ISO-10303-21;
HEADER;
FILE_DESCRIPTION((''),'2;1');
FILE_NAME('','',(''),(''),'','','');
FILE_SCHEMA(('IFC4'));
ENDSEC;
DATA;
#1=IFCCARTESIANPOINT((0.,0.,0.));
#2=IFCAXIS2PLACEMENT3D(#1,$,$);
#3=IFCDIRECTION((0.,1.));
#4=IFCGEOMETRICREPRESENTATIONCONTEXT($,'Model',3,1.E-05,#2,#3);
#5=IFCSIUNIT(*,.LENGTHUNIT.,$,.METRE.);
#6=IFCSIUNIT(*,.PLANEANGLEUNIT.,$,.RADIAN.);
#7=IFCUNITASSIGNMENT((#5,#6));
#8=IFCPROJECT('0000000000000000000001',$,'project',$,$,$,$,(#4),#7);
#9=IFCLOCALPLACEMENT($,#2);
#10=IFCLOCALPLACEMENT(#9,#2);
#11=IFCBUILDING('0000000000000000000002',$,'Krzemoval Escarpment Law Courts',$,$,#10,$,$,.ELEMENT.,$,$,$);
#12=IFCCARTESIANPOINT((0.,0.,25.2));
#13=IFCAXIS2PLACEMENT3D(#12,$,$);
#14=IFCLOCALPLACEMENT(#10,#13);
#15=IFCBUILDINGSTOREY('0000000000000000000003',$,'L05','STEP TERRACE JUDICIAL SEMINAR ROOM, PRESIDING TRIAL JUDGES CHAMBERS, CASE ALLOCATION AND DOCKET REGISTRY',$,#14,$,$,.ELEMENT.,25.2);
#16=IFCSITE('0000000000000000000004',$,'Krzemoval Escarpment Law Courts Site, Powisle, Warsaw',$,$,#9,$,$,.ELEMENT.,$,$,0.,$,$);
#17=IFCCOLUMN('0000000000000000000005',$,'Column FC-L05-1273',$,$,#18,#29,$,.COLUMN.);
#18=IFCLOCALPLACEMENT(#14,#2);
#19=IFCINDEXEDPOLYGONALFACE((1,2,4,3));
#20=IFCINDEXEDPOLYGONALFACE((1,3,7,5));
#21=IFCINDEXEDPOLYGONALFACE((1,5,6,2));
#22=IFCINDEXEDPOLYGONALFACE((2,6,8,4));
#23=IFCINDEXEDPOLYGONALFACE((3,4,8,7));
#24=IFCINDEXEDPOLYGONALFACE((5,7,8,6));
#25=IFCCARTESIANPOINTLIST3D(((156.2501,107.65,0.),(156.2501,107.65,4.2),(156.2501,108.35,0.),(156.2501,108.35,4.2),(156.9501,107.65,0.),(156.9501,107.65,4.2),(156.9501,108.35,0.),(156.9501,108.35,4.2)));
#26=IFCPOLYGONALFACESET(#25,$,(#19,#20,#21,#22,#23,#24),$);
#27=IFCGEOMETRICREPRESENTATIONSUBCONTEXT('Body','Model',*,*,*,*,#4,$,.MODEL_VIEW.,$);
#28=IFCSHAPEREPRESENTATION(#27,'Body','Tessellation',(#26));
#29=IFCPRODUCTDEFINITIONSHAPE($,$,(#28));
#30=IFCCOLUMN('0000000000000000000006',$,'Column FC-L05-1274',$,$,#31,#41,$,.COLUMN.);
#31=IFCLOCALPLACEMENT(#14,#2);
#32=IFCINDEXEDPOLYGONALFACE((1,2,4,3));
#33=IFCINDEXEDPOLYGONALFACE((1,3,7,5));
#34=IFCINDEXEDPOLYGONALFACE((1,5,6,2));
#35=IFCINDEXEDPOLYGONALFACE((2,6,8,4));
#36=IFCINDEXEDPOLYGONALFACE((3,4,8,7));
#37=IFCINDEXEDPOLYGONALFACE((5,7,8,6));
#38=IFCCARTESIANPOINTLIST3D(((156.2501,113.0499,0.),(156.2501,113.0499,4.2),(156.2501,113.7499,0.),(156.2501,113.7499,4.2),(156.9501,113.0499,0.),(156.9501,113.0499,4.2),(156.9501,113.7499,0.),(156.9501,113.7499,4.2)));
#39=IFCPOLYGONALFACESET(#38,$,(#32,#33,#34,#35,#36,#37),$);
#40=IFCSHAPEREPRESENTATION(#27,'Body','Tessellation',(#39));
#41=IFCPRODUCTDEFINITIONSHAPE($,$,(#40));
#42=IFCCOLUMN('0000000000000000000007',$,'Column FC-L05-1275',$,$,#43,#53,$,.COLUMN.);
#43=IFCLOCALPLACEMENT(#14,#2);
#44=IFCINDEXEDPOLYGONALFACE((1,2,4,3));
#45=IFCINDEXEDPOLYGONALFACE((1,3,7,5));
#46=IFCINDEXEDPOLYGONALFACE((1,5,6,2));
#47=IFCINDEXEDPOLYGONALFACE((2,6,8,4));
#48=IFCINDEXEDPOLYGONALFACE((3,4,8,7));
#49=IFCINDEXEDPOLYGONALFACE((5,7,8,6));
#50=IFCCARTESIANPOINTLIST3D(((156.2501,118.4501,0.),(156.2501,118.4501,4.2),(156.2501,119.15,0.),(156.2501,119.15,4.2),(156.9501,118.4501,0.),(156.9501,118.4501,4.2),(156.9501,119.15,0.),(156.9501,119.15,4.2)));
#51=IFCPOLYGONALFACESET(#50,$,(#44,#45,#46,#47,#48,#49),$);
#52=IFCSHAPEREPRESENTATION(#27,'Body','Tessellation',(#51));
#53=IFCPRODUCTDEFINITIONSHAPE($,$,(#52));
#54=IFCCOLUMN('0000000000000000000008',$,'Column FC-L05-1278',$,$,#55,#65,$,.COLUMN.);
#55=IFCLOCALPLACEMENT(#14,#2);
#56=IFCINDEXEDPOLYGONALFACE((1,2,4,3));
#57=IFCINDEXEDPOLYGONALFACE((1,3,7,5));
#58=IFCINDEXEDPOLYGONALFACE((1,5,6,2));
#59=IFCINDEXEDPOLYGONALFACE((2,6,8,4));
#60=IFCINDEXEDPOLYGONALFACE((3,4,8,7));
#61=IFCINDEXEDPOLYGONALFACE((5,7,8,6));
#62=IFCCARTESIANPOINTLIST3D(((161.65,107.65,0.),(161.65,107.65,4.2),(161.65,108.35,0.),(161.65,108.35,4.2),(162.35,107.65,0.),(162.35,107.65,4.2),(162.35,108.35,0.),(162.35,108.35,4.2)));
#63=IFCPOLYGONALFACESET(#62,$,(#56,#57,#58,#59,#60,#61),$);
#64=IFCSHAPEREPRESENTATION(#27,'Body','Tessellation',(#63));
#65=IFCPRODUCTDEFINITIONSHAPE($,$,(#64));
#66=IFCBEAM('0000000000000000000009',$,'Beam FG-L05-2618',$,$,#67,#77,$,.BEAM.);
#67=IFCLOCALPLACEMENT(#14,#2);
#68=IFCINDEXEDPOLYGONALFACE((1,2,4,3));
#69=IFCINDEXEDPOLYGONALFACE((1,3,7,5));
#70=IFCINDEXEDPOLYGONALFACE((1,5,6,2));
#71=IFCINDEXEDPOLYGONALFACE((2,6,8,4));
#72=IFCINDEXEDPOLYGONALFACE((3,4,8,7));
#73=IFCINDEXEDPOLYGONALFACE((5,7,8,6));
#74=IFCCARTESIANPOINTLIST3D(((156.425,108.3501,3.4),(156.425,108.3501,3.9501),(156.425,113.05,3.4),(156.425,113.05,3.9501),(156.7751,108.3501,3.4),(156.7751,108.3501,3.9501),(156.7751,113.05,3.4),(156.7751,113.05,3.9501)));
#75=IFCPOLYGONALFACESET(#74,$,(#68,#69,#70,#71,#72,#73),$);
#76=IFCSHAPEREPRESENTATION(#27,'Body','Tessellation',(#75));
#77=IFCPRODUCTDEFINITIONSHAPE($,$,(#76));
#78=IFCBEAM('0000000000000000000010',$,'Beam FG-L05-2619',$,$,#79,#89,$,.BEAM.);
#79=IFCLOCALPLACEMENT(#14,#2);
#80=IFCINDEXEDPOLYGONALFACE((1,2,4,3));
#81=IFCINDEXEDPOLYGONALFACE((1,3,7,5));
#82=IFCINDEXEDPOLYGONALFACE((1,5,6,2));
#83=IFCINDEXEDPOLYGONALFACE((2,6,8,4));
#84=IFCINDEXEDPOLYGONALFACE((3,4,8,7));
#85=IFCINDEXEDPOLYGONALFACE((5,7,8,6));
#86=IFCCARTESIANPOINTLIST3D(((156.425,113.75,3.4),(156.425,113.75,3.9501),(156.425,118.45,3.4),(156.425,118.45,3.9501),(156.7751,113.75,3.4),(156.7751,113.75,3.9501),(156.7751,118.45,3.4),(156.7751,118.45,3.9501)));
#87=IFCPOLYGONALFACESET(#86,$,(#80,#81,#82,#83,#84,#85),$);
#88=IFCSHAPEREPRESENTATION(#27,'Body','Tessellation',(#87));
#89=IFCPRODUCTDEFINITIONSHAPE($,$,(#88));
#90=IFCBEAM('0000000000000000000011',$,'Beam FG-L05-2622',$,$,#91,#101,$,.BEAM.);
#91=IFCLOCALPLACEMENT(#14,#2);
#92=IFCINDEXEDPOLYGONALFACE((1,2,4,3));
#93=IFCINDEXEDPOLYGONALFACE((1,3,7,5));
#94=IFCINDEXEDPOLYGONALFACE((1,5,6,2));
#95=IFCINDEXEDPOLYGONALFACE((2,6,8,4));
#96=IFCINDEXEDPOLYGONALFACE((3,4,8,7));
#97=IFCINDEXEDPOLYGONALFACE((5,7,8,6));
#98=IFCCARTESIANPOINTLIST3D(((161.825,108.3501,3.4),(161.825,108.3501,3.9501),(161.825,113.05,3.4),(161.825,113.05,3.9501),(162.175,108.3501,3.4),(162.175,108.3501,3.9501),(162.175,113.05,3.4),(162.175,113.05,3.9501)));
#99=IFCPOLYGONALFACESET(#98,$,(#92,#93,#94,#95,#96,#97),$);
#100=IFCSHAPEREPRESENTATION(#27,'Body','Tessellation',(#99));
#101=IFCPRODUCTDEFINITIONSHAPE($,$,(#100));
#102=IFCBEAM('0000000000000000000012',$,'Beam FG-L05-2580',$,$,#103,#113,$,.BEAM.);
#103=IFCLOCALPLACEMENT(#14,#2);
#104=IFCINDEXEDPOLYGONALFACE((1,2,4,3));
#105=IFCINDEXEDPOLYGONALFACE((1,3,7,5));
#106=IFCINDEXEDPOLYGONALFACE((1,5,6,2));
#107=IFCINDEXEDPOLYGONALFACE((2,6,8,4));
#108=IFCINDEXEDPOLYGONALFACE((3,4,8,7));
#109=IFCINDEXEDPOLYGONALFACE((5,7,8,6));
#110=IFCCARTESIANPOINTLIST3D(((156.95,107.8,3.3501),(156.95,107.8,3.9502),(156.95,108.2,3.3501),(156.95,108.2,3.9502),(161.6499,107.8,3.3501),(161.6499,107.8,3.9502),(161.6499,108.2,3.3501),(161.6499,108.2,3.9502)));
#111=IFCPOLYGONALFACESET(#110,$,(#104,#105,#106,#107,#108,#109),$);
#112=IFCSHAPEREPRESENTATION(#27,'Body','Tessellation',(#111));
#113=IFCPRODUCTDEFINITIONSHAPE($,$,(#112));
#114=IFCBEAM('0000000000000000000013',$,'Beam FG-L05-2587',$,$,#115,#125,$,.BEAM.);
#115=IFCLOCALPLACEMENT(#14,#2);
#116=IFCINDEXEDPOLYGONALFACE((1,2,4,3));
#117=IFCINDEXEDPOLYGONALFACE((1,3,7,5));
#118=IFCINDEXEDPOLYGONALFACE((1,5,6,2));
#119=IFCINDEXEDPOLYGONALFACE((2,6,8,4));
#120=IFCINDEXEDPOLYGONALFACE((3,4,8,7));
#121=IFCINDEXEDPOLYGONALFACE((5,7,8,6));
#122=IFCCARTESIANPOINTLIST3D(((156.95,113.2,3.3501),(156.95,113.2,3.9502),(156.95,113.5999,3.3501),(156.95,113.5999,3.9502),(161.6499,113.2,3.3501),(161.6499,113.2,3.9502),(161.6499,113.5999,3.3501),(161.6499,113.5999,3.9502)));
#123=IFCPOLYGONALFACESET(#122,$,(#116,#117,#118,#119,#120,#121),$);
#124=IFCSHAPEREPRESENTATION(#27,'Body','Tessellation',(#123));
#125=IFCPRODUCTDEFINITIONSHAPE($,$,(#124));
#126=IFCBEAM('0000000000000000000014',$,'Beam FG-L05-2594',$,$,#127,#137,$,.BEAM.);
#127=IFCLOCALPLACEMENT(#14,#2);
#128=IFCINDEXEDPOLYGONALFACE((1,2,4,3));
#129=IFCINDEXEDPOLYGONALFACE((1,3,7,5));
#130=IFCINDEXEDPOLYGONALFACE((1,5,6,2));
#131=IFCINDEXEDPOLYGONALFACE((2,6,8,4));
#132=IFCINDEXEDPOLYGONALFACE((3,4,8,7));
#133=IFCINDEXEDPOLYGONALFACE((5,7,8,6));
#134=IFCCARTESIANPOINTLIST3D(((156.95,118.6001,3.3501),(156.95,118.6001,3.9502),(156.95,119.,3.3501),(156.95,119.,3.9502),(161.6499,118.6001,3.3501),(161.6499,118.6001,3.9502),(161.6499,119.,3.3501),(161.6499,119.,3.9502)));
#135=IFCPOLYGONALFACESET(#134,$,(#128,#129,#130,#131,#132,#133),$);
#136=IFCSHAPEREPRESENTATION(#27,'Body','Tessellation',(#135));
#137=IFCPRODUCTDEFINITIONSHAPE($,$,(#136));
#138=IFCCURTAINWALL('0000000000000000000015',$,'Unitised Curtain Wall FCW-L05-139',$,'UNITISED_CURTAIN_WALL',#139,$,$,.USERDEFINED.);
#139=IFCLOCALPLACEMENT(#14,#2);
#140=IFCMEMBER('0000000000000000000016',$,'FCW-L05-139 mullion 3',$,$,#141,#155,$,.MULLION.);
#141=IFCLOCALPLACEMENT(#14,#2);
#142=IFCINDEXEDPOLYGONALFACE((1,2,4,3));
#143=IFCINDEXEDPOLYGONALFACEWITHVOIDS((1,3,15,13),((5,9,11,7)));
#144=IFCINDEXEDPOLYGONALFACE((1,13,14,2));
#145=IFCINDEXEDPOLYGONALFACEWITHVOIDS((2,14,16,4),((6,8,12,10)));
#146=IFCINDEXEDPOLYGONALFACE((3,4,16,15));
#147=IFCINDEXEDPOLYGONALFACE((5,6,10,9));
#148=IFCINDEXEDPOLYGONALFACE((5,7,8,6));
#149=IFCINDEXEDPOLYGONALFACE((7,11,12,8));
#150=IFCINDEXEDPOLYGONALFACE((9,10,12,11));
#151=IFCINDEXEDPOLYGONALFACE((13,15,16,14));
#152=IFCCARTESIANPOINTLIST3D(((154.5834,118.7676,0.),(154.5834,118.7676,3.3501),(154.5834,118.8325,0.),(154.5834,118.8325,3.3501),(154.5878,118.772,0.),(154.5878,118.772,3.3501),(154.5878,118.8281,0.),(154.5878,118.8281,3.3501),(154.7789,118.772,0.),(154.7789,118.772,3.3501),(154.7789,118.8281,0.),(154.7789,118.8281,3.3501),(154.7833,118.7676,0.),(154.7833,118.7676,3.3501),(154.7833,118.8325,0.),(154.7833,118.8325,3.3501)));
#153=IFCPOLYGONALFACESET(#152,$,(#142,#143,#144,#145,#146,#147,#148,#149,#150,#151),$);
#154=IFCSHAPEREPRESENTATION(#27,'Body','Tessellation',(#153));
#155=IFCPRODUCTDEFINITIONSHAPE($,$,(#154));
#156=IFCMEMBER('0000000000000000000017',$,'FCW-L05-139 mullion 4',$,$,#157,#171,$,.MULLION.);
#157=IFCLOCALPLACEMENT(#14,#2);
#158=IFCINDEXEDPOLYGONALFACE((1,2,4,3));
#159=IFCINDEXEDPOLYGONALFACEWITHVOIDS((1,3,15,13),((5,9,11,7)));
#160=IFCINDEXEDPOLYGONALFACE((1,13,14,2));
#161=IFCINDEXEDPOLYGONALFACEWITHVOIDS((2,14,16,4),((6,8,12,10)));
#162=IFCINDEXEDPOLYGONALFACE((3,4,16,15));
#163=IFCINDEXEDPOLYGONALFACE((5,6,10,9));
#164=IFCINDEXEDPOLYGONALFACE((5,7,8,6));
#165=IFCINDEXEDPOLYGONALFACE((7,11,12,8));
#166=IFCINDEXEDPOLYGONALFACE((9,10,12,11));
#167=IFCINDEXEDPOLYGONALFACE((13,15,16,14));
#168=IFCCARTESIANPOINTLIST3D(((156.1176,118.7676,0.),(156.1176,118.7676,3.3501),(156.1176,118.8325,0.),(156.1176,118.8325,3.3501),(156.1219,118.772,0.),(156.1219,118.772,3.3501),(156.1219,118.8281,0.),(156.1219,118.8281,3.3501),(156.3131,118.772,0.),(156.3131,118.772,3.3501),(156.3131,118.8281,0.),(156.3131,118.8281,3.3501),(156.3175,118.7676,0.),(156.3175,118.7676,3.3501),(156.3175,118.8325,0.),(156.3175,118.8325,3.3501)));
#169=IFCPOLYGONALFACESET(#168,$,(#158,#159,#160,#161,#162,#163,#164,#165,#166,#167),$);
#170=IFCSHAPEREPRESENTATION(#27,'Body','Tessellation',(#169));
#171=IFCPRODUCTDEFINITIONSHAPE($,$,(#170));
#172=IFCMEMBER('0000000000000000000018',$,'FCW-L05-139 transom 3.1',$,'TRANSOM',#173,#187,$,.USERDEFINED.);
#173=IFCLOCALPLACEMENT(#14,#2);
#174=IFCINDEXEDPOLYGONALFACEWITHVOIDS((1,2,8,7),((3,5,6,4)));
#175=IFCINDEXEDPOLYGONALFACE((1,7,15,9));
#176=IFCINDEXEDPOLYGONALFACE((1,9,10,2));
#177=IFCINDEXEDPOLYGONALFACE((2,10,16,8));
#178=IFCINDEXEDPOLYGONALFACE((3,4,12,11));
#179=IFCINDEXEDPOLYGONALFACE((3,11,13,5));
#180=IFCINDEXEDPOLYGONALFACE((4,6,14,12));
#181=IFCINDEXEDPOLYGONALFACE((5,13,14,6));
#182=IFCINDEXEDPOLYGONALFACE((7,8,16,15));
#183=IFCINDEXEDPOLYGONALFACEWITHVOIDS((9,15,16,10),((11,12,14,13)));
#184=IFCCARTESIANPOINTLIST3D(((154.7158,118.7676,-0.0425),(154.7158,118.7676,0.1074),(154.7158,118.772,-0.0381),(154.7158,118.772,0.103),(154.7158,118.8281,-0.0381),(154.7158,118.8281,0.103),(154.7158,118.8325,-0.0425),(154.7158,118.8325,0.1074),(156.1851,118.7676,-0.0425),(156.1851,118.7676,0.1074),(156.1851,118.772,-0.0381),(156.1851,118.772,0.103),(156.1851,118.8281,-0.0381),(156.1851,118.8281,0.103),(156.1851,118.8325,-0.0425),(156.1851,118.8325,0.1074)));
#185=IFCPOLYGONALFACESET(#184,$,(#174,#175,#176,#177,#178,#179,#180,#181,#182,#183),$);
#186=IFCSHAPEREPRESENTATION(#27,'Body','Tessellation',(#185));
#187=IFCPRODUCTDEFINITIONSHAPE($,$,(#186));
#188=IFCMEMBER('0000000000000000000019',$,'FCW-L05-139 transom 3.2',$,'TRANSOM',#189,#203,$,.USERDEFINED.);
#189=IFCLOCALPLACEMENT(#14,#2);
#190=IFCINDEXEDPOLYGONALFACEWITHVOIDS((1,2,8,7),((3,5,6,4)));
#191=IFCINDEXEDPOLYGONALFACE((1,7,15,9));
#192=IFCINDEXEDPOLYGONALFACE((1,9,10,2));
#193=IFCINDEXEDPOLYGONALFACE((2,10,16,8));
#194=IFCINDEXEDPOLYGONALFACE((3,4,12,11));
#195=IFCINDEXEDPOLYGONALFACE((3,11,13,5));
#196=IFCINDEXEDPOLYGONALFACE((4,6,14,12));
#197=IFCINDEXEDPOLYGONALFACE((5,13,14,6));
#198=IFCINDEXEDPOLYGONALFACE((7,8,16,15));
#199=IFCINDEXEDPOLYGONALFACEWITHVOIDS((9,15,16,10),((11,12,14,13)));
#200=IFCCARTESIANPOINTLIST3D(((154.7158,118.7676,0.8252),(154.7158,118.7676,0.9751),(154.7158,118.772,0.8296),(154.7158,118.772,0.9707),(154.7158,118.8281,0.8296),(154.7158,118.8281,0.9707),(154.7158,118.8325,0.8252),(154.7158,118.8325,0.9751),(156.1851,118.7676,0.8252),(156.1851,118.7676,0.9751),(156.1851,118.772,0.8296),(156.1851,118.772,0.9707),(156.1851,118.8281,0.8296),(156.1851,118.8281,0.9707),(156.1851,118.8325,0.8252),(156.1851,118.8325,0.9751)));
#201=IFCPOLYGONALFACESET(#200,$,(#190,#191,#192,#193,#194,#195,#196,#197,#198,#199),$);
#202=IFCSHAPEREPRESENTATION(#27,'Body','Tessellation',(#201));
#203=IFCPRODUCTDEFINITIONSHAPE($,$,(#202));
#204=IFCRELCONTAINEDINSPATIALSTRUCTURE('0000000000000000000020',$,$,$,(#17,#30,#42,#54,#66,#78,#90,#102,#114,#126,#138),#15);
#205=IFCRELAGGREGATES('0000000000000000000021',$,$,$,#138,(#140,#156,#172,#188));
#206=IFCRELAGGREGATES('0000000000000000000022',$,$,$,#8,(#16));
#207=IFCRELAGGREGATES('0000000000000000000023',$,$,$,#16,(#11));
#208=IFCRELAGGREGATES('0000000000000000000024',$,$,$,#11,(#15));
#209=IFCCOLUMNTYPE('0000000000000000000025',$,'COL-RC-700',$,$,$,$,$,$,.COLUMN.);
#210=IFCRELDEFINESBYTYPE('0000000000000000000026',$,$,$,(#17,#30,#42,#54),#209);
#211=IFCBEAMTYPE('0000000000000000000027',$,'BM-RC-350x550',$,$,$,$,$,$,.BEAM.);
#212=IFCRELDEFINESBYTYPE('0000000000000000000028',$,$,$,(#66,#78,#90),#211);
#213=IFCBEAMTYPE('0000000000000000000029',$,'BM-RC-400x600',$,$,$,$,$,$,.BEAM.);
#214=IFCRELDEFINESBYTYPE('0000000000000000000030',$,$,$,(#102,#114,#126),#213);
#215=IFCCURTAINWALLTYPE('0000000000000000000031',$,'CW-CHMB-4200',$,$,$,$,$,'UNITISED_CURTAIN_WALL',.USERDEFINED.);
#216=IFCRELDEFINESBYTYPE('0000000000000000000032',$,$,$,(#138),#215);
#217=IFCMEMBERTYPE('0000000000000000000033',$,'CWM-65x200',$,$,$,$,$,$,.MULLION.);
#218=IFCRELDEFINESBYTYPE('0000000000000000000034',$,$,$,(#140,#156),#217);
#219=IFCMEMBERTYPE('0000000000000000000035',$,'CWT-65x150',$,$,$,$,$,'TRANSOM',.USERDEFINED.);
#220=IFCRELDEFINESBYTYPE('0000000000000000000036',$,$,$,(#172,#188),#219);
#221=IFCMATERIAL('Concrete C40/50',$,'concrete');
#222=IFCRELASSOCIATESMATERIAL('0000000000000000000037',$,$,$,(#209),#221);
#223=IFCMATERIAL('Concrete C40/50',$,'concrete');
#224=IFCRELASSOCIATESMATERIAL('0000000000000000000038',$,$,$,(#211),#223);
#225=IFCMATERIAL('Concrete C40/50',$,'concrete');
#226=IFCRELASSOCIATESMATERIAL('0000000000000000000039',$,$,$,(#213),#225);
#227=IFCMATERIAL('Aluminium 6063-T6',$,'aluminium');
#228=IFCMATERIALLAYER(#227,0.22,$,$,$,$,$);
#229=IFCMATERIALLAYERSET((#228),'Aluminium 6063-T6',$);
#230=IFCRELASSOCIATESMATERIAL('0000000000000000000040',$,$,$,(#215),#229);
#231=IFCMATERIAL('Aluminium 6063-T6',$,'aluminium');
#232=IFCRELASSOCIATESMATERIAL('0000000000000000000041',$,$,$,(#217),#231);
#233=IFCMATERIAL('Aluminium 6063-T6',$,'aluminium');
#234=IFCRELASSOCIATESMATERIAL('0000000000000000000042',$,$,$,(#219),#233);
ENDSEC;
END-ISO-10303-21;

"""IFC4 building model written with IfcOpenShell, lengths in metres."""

from ifc_helpers import new_model, si_unit, direction, frame, origin, origin_2d, place, context, subcontext, project, spatial, rectangle, hollow_rectangle, extrude, material, layer, layer_set, material_profile, profile_set, type_object, element, aggregate, save


model = new_model("IFC4")

# Units and contexts
model_context = context("Model", 3, precision=1e-05, world=origin(), true_north=direction((0.0, 1.0)))
body_context = subcontext(model_context, "Body", "Model", "MODEL_VIEW")
ifc_project = project(units=[si_unit("LENGTHUNIT", "METRE"), si_unit("PLANEANGLEUNIT", "RADIAN")], contexts=[model_context])

# Site, building, storey
site_placement = place(None, origin())
site = spatial("IfcSite", under=ifc_project, at=site_placement, Name="Krzemoval Escarpment Law Courts Site, Powisle, Warsaw", CompositionType="ELEMENT", RefElevation=0.0)
building_placement = place(site_placement, origin())
building = spatial("IfcBuilding", under=site, at=building_placement, Name="Krzemoval Escarpment Law Courts", CompositionType="ELEMENT")
storey_placement = place(building_placement, frame((0.0, 0.0, 25.2)))
storey = spatial("IfcBuildingStorey", under=building, at=storey_placement, Name="L05", Description="STEP TERRACE JUDICIAL SEMINAR ROOM, PRESIDING TRIAL JUDGES CHAMBERS, CASE ALLOCATION AND DOCKET REGISTRY", CompositionType="ELEMENT", Elevation=25.2)

# Columns
ifc_material_1 = material(Name="Concrete C40/50", Category="concrete")
ifc_material_profile_1 = material_profile(ifc_material_1, rectangle(XDim=0.7, YDim=0.7, at=origin_2d()), Name="RC 700x700")
ifc_profile_set_1 = profile_set([ifc_material_profile_1], Name="Concrete C40/50")
column_type = type_object("IfcColumnType", Name="COL-RC-700", PredefinedType="COLUMN", material=ifc_profile_set_1)
for number, where, z_axis, x_axis, name in (
    (1, (156.6001, 108.0, 0.0), (0.0, 0.0, 1.0), (1.0, 0.0, 0.0), "Column FC-L05-1273"),
    (2, (156.6001, 113.3999, 0.0), (0.0, 0.0, 1.0), (1.0, 0.0, 0.0), "Column FC-L05-1274"),
    (3, (156.6001, 118.8, 0.0), (0.0, 0.0, 1.0), (1.0, 0.0, 0.0), "Column FC-L05-1275"),
    (4, (162.0, 108.0, 0.0), (0.0, 0.0, 1.0), (1.0, 0.0, 0.0), "Column FC-L05-1278"),
):
    element("IfcColumn", number, at=place(storey_placement, frame(where, z_axis=z_axis, x_axis=x_axis)), inside=storey, type_object=column_type, Name=name, PredefinedType="COLUMN", context=body_context, shape_type="SweptSolid", body=[
        extrude(rectangle(XDim=0.7, YDim=0.7, at=origin_2d()), origin(), (0.0, 0.0, 1.0), 4.2),
    ])

# Beams
ifc_material_2 = material(Name="Concrete C40/50", Category="concrete")
ifc_material_profile_2 = material_profile(ifc_material_2, rectangle(XDim=0.3501, YDim=0.55, at=origin_2d()), Name="RCB 350x550")
ifc_profile_set_2 = profile_set([ifc_material_profile_2], Name="Concrete C40/50")
beam_type_1 = type_object("IfcBeamType", Name="BM-RC-350x550", PredefinedType="BEAM", material=ifc_profile_set_2)
for number, where, z_axis, x_axis, name in (
    (5, (156.6001, 108.3501, 3.675), (0.0, 1.0, 0.0), (-1.0, 0.0, 0.0), "Beam FG-L05-2618"),
    (6, (156.6001, 113.75, 3.675), (0.0, 1.0, 0.0), (-1.0, 0.0, 0.0), "Beam FG-L05-2619"),
    (7, (162.0, 108.3501, 3.675), (0.0, 1.0, 0.0), (-1.0, 0.0, 0.0), "Beam FG-L05-2622"),
):
    element("IfcBeam", number, at=place(storey_placement, frame(where, z_axis=z_axis, x_axis=x_axis)), inside=storey, type_object=beam_type_1, Name=name, PredefinedType="BEAM", context=body_context, shape_type="SweptSolid", body=[
        extrude(rectangle(XDim=0.3501, YDim=0.55, at=origin_2d()), origin(), (0.0, 0.0, 1.0), 4.7),
    ])
ifc_material_3 = material(Name="Concrete C40/50", Category="concrete")
ifc_material_profile_3 = material_profile(ifc_material_3, rectangle(XDim=0.3999, YDim=0.6001, at=origin_2d()), Name="RCB 400x600")
ifc_profile_set_3 = profile_set([ifc_material_profile_3], Name="Concrete C40/50")
beam_type_2 = type_object("IfcBeamType", Name="BM-RC-400x600", PredefinedType="BEAM", material=ifc_profile_set_3)
for number, where, z_axis, x_axis, name in (
    (8, (156.95, 108.0, 3.6501), (1.0, 0.0, 0.0), (0.0, 1.0, 0.0), "Beam FG-L05-2580"),
    (9, (156.95, 113.3999, 3.6501), (1.0, 0.0, 0.0), (0.0, 1.0, 0.0), "Beam FG-L05-2587"),
    (10, (156.95, 118.8, 3.6501), (1.0, 0.0, 0.0), (0.0, 1.0, 0.0), "Beam FG-L05-2594"),
):
    element("IfcBeam", number, at=place(storey_placement, frame(where, z_axis=z_axis, x_axis=x_axis)), inside=storey, type_object=beam_type_2, Name=name, PredefinedType="BEAM", context=body_context, shape_type="SweptSolid", body=[
        extrude(rectangle(XDim=0.3999, YDim=0.6001, at=origin_2d()), origin(), (0.0, 0.0, 1.0), 4.7),
    ])

# Curtain wall, members
ifc_material_4 = material(Name="Aluminium 6063-T6", Category="aluminium")
ifc_layer_1 = layer(ifc_material_4, 0.22)
ifc_layer_set_1 = layer_set([ifc_layer_1], Name="Aluminium 6063-T6")
curtain_wall_type = type_object("IfcCurtainWallType", Name="CW-CHMB-4200", ElementType="UNITISED_CURTAIN_WALL", PredefinedType="USERDEFINED", material=ifc_layer_set_1)
curtain_wall_placement = place(storey_placement, origin())
curtain_wall = element("IfcCurtainWall", 11, at=curtain_wall_placement, inside=storey, type_object=curtain_wall_type, Name="Unitised Curtain Wall FCW-L05-139", ObjectType="UNITISED_CURTAIN_WALL", PredefinedType="USERDEFINED")
ifc_material_5 = material(Name="Aluminium 6063-T6", Category="aluminium")
ifc_material_profile_4 = material_profile(ifc_material_5, hollow_rectangle(XDim=0.0649, YDim=0.2, WallThickness=0.0044, at=origin_2d()), Name="ALU M65x200")
ifc_profile_set_4 = profile_set([ifc_material_profile_4], Name="Aluminium 6063-T6")
member_type_1 = type_object("IfcMemberType", Name="CWM-65x200", PredefinedType="MULLION", material=ifc_profile_set_4)
member_1_placement = place(storey_placement, frame((154.6833, 118.8, 0.0), z_axis=(0.0, 0.0, 1.0), x_axis=(0.0, 1.0, 0.0)))
member_1 = element("IfcMember", 12, at=member_1_placement, type_object=member_type_1, Name="FCW-L05-139 mullion 3", PredefinedType="MULLION", context=body_context, shape_type="SweptSolid", body=[
    extrude(hollow_rectangle(XDim=0.0649, YDim=0.2, WallThickness=0.0044, at=origin_2d()), origin(), (0.0, 0.0, 1.0), 3.3501),
])
member_2_placement = place(storey_placement, frame((156.2175, 118.8, 0.0), z_axis=(0.0, 0.0, 1.0), x_axis=(0.0, 1.0, 0.0)))
member_2 = element("IfcMember", 13, at=member_2_placement, type_object=member_type_1, Name="FCW-L05-139 mullion 4", PredefinedType="MULLION", context=body_context, shape_type="SweptSolid", body=[
    extrude(hollow_rectangle(XDim=0.0649, YDim=0.2, WallThickness=0.0044, at=origin_2d()), origin(), (0.0, 0.0, 1.0), 3.3501),
])
ifc_material_6 = material(Name="Aluminium 6063-T6", Category="aluminium")
ifc_material_profile_5 = material_profile(ifc_material_6, hollow_rectangle(XDim=0.0649, YDim=0.1499, WallThickness=0.0044, at=origin_2d()), Name="ALU T65x150")
ifc_profile_set_5 = profile_set([ifc_material_profile_5], Name="Aluminium 6063-T6")
member_type_2 = type_object("IfcMemberType", Name="CWT-65x150", ElementType="TRANSOM", PredefinedType="USERDEFINED", material=ifc_profile_set_5)
member_3_placement = place(storey_placement, frame((154.7158, 118.8, 0.0325), z_axis=(1.0, 0.0, 0.0), x_axis=(0.0, 1.0, 0.0)))
member_3 = element("IfcMember", 14, at=member_3_placement, type_object=member_type_2, Name="FCW-L05-139 transom 3.1", ObjectType="TRANSOM", PredefinedType="USERDEFINED", context=body_context, shape_type="SweptSolid", body=[
    extrude(hollow_rectangle(XDim=0.0649, YDim=0.1499, WallThickness=0.0044, at=origin_2d()), origin(), (0.0, 0.0, 1.0), 1.4692),
])
member_4_placement = place(storey_placement, frame((154.7158, 118.8, 0.9001), z_axis=(1.0, 0.0, 0.0), x_axis=(0.0, 1.0, 0.0)))
member_4 = element("IfcMember", 15, at=member_4_placement, type_object=member_type_2, Name="FCW-L05-139 transom 3.2", ObjectType="TRANSOM", PredefinedType="USERDEFINED", context=body_context, shape_type="SweptSolid", body=[
    extrude(hollow_rectangle(XDim=0.0649, YDim=0.1499, WallThickness=0.0044, at=origin_2d()), origin(), (0.0, 0.0, 1.0), 1.4692),
])
aggregate(curtain_wall, [member_1, member_2, member_3, member_4])

save(model, "model.ifc")
